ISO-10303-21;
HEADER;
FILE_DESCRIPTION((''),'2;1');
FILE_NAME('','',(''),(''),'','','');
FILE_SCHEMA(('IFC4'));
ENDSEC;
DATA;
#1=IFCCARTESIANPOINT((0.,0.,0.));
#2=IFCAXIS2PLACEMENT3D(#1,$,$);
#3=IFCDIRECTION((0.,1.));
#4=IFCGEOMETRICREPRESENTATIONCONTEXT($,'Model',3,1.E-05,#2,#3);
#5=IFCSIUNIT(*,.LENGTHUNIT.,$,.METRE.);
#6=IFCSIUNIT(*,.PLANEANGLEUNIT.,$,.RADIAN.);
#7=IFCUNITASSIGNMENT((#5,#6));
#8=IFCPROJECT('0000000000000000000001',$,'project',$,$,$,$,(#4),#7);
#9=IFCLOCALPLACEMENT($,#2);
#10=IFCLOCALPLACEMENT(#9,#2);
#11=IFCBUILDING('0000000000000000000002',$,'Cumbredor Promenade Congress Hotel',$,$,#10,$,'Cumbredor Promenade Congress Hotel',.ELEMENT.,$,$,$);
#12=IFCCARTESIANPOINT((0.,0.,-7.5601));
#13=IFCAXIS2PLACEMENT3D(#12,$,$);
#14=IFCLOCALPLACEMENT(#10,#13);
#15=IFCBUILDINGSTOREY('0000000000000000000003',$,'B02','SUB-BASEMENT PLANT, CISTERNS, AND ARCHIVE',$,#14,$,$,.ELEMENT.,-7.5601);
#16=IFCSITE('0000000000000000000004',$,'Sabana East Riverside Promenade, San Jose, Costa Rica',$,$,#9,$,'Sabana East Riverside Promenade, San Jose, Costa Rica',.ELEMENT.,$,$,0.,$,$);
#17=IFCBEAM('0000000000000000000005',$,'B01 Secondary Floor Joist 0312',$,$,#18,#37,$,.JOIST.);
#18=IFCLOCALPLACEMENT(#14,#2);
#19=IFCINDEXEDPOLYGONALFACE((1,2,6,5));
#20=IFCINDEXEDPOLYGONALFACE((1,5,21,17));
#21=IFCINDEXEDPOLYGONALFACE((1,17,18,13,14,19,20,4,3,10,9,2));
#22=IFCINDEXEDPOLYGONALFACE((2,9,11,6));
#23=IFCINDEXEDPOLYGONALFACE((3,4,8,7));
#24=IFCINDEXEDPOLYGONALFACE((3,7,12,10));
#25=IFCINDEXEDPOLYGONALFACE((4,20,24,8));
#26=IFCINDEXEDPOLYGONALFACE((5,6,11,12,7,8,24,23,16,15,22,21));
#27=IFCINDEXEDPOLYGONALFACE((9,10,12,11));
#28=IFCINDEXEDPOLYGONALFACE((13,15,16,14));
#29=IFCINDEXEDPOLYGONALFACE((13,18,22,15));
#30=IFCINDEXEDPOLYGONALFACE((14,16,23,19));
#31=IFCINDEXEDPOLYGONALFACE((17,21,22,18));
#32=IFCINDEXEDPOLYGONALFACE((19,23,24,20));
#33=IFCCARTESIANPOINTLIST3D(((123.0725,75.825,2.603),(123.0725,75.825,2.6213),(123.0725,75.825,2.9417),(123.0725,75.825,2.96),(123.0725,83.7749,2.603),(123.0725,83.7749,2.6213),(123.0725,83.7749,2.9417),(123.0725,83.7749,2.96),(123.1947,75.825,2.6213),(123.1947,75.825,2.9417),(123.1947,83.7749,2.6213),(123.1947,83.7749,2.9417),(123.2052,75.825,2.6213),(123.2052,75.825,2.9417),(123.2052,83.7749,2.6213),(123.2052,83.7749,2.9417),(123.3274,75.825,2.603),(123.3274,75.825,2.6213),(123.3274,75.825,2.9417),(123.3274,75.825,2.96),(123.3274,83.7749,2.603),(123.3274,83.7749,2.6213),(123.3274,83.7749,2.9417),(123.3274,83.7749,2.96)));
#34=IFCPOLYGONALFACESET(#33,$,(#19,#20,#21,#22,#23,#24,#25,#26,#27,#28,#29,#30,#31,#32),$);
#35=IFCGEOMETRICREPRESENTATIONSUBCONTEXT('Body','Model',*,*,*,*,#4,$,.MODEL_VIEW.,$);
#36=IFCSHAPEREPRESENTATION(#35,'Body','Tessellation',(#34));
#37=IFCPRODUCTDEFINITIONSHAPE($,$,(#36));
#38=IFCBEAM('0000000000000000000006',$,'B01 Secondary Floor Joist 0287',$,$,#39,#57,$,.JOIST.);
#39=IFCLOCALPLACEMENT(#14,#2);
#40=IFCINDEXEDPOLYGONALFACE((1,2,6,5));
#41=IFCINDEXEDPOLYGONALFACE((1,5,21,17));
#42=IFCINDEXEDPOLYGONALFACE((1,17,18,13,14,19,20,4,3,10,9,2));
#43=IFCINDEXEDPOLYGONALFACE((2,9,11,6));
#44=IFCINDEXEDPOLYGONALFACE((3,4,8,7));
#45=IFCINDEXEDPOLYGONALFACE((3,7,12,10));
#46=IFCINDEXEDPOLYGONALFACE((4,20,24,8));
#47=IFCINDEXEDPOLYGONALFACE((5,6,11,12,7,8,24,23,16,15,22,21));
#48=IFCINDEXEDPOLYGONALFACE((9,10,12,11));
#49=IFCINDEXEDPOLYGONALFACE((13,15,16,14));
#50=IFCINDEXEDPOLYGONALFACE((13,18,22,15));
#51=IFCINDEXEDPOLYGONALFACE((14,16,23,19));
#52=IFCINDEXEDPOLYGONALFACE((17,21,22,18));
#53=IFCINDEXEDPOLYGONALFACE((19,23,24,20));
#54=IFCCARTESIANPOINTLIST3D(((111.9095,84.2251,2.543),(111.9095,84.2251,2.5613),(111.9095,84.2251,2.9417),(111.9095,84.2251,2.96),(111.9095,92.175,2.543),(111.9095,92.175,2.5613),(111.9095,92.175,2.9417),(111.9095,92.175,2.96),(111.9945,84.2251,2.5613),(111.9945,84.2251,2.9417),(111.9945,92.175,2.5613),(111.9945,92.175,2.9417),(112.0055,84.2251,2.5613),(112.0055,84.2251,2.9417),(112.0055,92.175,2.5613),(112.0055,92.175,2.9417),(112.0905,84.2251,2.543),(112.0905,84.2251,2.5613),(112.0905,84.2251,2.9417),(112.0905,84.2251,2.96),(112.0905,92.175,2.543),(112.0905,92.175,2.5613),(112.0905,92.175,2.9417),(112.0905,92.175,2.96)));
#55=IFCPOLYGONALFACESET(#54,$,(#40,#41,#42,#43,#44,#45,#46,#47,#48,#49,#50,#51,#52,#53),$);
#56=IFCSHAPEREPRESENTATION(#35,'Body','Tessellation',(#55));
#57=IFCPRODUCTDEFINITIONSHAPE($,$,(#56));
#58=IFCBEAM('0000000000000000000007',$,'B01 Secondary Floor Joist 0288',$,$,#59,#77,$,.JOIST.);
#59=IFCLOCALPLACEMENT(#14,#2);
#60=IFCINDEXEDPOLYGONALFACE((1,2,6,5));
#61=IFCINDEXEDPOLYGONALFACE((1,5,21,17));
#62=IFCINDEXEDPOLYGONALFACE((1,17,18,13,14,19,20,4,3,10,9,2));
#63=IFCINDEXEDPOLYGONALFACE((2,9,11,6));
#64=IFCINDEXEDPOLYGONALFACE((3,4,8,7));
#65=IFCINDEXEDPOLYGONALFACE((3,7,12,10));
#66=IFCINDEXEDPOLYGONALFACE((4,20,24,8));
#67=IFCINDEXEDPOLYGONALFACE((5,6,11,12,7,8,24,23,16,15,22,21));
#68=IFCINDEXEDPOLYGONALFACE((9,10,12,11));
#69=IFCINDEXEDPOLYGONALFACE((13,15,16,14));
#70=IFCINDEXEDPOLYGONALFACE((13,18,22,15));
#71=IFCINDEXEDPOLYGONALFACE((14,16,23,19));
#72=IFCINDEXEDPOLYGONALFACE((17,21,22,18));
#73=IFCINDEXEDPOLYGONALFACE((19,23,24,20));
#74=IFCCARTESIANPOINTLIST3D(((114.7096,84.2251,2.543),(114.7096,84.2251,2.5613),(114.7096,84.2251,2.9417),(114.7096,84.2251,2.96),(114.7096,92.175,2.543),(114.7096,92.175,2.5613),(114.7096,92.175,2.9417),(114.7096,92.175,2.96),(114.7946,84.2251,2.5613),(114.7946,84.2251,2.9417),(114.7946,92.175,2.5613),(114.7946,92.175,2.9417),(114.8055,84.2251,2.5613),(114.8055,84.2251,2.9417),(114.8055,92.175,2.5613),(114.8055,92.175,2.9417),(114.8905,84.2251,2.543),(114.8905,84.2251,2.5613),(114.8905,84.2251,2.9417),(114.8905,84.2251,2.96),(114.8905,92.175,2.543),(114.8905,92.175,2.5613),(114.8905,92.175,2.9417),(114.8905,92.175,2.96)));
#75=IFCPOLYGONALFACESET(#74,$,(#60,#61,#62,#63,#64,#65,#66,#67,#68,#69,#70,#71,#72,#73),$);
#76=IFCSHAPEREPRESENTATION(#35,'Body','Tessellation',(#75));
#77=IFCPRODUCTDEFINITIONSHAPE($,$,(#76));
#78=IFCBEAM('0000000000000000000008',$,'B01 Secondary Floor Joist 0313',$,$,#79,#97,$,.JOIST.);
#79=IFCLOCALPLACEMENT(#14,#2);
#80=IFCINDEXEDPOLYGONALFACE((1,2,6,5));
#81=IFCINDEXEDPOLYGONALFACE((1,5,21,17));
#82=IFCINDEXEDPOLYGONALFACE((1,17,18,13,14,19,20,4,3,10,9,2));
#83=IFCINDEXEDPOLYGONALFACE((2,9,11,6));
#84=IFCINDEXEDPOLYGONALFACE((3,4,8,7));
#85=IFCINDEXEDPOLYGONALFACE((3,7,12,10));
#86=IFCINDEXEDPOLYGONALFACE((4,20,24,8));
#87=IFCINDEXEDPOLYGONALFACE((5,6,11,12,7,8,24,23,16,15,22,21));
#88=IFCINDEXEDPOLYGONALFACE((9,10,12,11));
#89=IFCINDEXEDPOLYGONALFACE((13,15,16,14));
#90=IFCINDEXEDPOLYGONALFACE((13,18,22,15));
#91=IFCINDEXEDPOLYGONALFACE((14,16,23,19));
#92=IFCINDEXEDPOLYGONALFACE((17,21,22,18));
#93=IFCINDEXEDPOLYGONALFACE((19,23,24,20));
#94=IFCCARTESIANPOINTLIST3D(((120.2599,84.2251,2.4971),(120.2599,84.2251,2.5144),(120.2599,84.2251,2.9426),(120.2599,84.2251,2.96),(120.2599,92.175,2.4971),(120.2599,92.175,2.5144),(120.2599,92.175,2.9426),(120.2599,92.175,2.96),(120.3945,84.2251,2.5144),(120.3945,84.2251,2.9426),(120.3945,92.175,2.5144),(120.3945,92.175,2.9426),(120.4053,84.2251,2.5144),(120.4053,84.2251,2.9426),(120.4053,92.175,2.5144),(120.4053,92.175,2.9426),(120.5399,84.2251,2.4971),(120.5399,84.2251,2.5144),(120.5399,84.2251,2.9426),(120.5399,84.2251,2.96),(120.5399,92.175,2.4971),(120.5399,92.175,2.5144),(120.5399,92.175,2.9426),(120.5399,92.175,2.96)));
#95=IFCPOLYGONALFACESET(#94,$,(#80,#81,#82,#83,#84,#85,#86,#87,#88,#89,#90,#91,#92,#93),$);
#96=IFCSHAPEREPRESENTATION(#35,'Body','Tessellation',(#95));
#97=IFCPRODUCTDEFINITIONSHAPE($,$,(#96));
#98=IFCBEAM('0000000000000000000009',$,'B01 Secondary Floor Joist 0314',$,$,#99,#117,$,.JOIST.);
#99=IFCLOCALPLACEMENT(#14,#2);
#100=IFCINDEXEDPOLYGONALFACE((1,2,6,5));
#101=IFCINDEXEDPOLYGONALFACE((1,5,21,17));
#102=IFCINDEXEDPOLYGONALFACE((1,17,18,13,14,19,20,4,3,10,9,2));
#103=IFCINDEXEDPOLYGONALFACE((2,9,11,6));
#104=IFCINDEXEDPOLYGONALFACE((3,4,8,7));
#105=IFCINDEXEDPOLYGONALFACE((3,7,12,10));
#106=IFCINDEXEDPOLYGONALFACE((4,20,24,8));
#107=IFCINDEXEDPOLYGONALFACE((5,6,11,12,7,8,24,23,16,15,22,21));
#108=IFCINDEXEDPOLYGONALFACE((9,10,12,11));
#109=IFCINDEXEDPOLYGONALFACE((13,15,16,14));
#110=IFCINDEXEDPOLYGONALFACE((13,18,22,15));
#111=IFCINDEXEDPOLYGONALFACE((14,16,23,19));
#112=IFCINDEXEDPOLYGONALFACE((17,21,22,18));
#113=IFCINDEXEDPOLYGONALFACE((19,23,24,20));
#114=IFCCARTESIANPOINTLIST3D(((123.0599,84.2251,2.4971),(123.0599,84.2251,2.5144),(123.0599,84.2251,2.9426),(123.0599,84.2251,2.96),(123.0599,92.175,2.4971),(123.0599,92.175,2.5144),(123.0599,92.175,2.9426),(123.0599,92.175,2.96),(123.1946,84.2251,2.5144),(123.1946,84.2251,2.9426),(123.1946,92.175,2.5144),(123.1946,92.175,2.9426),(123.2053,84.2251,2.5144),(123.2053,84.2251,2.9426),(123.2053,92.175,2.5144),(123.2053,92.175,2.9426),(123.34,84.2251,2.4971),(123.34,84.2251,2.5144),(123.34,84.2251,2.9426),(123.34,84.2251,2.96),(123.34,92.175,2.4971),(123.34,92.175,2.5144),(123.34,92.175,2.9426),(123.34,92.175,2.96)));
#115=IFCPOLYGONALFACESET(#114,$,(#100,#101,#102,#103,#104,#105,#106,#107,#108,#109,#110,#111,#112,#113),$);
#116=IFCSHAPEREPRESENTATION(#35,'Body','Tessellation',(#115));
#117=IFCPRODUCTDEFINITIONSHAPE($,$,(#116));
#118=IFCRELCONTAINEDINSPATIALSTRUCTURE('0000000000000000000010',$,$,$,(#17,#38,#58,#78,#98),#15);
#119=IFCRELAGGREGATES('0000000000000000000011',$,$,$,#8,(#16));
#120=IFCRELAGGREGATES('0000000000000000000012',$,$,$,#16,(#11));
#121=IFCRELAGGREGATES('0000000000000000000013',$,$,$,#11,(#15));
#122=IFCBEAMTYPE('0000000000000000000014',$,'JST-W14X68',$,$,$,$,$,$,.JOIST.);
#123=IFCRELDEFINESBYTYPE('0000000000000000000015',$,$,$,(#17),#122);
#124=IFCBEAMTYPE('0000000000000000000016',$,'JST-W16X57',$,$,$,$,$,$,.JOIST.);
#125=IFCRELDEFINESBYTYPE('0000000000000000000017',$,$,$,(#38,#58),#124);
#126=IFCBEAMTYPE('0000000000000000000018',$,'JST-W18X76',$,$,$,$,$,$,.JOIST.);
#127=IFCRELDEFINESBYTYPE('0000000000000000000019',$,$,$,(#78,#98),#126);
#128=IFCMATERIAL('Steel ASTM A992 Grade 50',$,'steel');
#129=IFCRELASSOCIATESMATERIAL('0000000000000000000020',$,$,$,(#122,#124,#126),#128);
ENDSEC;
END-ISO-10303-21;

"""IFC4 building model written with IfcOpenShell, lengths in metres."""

from ifc_helpers import new_model, si_unit, direction, frame, origin, origin_2d, place, context, subcontext, project, spatial, i_section, extrude, material, material_profile, profile_set, type_object, element, save


model = new_model("IFC4")

# Units and contexts
model_context = context("Model", 3, precision=1e-05, world=origin(), true_north=direction((0.0, 1.0)))
body_context = subcontext(model_context, "Body", "Model", "MODEL_VIEW")
ifc_project = project(units=[si_unit("LENGTHUNIT", "METRE"), si_unit("PLANEANGLEUNIT", "RADIAN")], contexts=[model_context])

# Site, building, storey
site_placement = place(None, origin())
site = spatial("IfcSite", under=ifc_project, at=site_placement, Name="Sabana East Riverside Promenade, San Jose, Costa Rica", LongName="Sabana East Riverside Promenade, San Jose, Costa Rica", CompositionType="ELEMENT", RefElevation=0.0)
building_placement = place(site_placement, origin())
building = spatial("IfcBuilding", under=site, at=building_placement, Name="Cumbredor Promenade Congress Hotel", LongName="Cumbredor Promenade Congress Hotel", CompositionType="ELEMENT")
storey_placement = place(building_placement, frame((0.0, 0.0, -7.5601)))
storey = spatial("IfcBuildingStorey", under=building, at=storey_placement, Name="B02", Description="SUB-BASEMENT PLANT, CISTERNS, AND ARCHIVE", CompositionType="ELEMENT", Elevation=-7.5601)

# Beams
ifc_material_1 = material(Name="Steel ASTM A992 Grade 50", Category="steel")
ifc_material_profile_1 = material_profile(ifc_material_1, i_section(OverallWidth=0.2549, OverallDepth=0.3569, WebThickness=0.0105, FlangeThickness=0.0183, at=origin_2d()), Name="W14X68")
ifc_profile_set_1 = profile_set([ifc_material_profile_1], Name="Steel ASTM A992 Grade 50")
beam_type_1 = type_object("IfcBeamType", Name="JST-W14X68", PredefinedType="JOIST", material=ifc_profile_set_1)
for number, where, z_axis, x_axis, name in (
    (1, (123.2, 75.825, 2.7815), (0.0, 1.0, 0.0), (-1.0, 0.0, 0.0), "B01 Secondary Floor Joist 0312"),
):
    element("IfcBeam", number, at=place(storey_placement, frame(where, z_axis=z_axis, x_axis=x_axis)), inside=storey, type_object=beam_type_1, Name=name, PredefinedType="JOIST", context=body_context, shape_type="SweptSolid", body=[
        extrude(i_section(OverallWidth=0.2549, OverallDepth=0.3569, WebThickness=0.0105, FlangeThickness=0.0183, at=origin_2d()), origin(), (0.0, 0.0, 1.0), 7.95),
    ])
ifc_material_profile_2 = material_profile(ifc_material_1, i_section(OverallWidth=0.1809, OverallDepth=0.417, WebThickness=0.011, FlangeThickness=0.0183, at=origin_2d()), Name="W16X57")
ifc_profile_set_2 = profile_set([ifc_material_profile_2], Name="Steel ASTM A992 Grade 50")
beam_type_2 = type_object("IfcBeamType", Name="JST-W16X57", PredefinedType="JOIST", material=ifc_profile_set_2)
for number, where, z_axis, x_axis, name in (
    (2, (112.0, 84.2251, 2.7515), (0.0, 1.0, 0.0), (-1.0, 0.0, 0.0), "B01 Secondary Floor Joist 0287"),
    (3, (114.8, 84.2251, 2.7515), (0.0, 1.0, 0.0), (-1.0, 0.0, 0.0), "B01 Secondary Floor Joist 0288"),
):
    element("IfcBeam", number, at=place(storey_placement, frame(where, z_axis=z_axis, x_axis=x_axis)), inside=storey, type_object=beam_type_2, Name=name, PredefinedType="JOIST", context=body_context, shape_type="SweptSolid", body=[
        extrude(i_section(OverallWidth=0.1809, OverallDepth=0.417, WebThickness=0.011, FlangeThickness=0.0183, at=origin_2d()), origin(), (0.0, 0.0, 1.0), 7.95),
    ])
ifc_material_profile_3 = material_profile(ifc_material_1, i_section(OverallWidth=0.28, OverallDepth=0.4629, WebThickness=0.0107, FlangeThickness=0.0173, at=origin_2d()), Name="W18X76")
ifc_profile_set_3 = profile_set([ifc_material_profile_3], Name="Steel ASTM A992 Grade 50")
beam_type_3 = type_object("IfcBeamType", Name="JST-W18X76", PredefinedType="JOIST", material=ifc_profile_set_3)
for number, where, z_axis, x_axis, name in (
    (4, (120.3999, 84.2251, 2.7285), (0.0, 1.0, 0.0), (-1.0, 0.0, 0.0), "B01 Secondary Floor Joist 0313"),
    (5, (123.2, 84.2251, 2.7285), (0.0, 1.0, 0.0), (-1.0, 0.0, 0.0), "B01 Secondary Floor Joist 0314"),
):
    element("IfcBeam", number, at=place(storey_placement, frame(where, z_axis=z_axis, x_axis=x_axis)), inside=storey, type_object=beam_type_3, Name=name, PredefinedType="JOIST", context=body_context, shape_type="SweptSolid", body=[
        extrude(i_section(OverallWidth=0.28, OverallDepth=0.4629, WebThickness=0.0107, FlangeThickness=0.0173, at=origin_2d()), origin(), (0.0, 0.0, 1.0), 7.95),
    ])

save(model, "model.ifc")
